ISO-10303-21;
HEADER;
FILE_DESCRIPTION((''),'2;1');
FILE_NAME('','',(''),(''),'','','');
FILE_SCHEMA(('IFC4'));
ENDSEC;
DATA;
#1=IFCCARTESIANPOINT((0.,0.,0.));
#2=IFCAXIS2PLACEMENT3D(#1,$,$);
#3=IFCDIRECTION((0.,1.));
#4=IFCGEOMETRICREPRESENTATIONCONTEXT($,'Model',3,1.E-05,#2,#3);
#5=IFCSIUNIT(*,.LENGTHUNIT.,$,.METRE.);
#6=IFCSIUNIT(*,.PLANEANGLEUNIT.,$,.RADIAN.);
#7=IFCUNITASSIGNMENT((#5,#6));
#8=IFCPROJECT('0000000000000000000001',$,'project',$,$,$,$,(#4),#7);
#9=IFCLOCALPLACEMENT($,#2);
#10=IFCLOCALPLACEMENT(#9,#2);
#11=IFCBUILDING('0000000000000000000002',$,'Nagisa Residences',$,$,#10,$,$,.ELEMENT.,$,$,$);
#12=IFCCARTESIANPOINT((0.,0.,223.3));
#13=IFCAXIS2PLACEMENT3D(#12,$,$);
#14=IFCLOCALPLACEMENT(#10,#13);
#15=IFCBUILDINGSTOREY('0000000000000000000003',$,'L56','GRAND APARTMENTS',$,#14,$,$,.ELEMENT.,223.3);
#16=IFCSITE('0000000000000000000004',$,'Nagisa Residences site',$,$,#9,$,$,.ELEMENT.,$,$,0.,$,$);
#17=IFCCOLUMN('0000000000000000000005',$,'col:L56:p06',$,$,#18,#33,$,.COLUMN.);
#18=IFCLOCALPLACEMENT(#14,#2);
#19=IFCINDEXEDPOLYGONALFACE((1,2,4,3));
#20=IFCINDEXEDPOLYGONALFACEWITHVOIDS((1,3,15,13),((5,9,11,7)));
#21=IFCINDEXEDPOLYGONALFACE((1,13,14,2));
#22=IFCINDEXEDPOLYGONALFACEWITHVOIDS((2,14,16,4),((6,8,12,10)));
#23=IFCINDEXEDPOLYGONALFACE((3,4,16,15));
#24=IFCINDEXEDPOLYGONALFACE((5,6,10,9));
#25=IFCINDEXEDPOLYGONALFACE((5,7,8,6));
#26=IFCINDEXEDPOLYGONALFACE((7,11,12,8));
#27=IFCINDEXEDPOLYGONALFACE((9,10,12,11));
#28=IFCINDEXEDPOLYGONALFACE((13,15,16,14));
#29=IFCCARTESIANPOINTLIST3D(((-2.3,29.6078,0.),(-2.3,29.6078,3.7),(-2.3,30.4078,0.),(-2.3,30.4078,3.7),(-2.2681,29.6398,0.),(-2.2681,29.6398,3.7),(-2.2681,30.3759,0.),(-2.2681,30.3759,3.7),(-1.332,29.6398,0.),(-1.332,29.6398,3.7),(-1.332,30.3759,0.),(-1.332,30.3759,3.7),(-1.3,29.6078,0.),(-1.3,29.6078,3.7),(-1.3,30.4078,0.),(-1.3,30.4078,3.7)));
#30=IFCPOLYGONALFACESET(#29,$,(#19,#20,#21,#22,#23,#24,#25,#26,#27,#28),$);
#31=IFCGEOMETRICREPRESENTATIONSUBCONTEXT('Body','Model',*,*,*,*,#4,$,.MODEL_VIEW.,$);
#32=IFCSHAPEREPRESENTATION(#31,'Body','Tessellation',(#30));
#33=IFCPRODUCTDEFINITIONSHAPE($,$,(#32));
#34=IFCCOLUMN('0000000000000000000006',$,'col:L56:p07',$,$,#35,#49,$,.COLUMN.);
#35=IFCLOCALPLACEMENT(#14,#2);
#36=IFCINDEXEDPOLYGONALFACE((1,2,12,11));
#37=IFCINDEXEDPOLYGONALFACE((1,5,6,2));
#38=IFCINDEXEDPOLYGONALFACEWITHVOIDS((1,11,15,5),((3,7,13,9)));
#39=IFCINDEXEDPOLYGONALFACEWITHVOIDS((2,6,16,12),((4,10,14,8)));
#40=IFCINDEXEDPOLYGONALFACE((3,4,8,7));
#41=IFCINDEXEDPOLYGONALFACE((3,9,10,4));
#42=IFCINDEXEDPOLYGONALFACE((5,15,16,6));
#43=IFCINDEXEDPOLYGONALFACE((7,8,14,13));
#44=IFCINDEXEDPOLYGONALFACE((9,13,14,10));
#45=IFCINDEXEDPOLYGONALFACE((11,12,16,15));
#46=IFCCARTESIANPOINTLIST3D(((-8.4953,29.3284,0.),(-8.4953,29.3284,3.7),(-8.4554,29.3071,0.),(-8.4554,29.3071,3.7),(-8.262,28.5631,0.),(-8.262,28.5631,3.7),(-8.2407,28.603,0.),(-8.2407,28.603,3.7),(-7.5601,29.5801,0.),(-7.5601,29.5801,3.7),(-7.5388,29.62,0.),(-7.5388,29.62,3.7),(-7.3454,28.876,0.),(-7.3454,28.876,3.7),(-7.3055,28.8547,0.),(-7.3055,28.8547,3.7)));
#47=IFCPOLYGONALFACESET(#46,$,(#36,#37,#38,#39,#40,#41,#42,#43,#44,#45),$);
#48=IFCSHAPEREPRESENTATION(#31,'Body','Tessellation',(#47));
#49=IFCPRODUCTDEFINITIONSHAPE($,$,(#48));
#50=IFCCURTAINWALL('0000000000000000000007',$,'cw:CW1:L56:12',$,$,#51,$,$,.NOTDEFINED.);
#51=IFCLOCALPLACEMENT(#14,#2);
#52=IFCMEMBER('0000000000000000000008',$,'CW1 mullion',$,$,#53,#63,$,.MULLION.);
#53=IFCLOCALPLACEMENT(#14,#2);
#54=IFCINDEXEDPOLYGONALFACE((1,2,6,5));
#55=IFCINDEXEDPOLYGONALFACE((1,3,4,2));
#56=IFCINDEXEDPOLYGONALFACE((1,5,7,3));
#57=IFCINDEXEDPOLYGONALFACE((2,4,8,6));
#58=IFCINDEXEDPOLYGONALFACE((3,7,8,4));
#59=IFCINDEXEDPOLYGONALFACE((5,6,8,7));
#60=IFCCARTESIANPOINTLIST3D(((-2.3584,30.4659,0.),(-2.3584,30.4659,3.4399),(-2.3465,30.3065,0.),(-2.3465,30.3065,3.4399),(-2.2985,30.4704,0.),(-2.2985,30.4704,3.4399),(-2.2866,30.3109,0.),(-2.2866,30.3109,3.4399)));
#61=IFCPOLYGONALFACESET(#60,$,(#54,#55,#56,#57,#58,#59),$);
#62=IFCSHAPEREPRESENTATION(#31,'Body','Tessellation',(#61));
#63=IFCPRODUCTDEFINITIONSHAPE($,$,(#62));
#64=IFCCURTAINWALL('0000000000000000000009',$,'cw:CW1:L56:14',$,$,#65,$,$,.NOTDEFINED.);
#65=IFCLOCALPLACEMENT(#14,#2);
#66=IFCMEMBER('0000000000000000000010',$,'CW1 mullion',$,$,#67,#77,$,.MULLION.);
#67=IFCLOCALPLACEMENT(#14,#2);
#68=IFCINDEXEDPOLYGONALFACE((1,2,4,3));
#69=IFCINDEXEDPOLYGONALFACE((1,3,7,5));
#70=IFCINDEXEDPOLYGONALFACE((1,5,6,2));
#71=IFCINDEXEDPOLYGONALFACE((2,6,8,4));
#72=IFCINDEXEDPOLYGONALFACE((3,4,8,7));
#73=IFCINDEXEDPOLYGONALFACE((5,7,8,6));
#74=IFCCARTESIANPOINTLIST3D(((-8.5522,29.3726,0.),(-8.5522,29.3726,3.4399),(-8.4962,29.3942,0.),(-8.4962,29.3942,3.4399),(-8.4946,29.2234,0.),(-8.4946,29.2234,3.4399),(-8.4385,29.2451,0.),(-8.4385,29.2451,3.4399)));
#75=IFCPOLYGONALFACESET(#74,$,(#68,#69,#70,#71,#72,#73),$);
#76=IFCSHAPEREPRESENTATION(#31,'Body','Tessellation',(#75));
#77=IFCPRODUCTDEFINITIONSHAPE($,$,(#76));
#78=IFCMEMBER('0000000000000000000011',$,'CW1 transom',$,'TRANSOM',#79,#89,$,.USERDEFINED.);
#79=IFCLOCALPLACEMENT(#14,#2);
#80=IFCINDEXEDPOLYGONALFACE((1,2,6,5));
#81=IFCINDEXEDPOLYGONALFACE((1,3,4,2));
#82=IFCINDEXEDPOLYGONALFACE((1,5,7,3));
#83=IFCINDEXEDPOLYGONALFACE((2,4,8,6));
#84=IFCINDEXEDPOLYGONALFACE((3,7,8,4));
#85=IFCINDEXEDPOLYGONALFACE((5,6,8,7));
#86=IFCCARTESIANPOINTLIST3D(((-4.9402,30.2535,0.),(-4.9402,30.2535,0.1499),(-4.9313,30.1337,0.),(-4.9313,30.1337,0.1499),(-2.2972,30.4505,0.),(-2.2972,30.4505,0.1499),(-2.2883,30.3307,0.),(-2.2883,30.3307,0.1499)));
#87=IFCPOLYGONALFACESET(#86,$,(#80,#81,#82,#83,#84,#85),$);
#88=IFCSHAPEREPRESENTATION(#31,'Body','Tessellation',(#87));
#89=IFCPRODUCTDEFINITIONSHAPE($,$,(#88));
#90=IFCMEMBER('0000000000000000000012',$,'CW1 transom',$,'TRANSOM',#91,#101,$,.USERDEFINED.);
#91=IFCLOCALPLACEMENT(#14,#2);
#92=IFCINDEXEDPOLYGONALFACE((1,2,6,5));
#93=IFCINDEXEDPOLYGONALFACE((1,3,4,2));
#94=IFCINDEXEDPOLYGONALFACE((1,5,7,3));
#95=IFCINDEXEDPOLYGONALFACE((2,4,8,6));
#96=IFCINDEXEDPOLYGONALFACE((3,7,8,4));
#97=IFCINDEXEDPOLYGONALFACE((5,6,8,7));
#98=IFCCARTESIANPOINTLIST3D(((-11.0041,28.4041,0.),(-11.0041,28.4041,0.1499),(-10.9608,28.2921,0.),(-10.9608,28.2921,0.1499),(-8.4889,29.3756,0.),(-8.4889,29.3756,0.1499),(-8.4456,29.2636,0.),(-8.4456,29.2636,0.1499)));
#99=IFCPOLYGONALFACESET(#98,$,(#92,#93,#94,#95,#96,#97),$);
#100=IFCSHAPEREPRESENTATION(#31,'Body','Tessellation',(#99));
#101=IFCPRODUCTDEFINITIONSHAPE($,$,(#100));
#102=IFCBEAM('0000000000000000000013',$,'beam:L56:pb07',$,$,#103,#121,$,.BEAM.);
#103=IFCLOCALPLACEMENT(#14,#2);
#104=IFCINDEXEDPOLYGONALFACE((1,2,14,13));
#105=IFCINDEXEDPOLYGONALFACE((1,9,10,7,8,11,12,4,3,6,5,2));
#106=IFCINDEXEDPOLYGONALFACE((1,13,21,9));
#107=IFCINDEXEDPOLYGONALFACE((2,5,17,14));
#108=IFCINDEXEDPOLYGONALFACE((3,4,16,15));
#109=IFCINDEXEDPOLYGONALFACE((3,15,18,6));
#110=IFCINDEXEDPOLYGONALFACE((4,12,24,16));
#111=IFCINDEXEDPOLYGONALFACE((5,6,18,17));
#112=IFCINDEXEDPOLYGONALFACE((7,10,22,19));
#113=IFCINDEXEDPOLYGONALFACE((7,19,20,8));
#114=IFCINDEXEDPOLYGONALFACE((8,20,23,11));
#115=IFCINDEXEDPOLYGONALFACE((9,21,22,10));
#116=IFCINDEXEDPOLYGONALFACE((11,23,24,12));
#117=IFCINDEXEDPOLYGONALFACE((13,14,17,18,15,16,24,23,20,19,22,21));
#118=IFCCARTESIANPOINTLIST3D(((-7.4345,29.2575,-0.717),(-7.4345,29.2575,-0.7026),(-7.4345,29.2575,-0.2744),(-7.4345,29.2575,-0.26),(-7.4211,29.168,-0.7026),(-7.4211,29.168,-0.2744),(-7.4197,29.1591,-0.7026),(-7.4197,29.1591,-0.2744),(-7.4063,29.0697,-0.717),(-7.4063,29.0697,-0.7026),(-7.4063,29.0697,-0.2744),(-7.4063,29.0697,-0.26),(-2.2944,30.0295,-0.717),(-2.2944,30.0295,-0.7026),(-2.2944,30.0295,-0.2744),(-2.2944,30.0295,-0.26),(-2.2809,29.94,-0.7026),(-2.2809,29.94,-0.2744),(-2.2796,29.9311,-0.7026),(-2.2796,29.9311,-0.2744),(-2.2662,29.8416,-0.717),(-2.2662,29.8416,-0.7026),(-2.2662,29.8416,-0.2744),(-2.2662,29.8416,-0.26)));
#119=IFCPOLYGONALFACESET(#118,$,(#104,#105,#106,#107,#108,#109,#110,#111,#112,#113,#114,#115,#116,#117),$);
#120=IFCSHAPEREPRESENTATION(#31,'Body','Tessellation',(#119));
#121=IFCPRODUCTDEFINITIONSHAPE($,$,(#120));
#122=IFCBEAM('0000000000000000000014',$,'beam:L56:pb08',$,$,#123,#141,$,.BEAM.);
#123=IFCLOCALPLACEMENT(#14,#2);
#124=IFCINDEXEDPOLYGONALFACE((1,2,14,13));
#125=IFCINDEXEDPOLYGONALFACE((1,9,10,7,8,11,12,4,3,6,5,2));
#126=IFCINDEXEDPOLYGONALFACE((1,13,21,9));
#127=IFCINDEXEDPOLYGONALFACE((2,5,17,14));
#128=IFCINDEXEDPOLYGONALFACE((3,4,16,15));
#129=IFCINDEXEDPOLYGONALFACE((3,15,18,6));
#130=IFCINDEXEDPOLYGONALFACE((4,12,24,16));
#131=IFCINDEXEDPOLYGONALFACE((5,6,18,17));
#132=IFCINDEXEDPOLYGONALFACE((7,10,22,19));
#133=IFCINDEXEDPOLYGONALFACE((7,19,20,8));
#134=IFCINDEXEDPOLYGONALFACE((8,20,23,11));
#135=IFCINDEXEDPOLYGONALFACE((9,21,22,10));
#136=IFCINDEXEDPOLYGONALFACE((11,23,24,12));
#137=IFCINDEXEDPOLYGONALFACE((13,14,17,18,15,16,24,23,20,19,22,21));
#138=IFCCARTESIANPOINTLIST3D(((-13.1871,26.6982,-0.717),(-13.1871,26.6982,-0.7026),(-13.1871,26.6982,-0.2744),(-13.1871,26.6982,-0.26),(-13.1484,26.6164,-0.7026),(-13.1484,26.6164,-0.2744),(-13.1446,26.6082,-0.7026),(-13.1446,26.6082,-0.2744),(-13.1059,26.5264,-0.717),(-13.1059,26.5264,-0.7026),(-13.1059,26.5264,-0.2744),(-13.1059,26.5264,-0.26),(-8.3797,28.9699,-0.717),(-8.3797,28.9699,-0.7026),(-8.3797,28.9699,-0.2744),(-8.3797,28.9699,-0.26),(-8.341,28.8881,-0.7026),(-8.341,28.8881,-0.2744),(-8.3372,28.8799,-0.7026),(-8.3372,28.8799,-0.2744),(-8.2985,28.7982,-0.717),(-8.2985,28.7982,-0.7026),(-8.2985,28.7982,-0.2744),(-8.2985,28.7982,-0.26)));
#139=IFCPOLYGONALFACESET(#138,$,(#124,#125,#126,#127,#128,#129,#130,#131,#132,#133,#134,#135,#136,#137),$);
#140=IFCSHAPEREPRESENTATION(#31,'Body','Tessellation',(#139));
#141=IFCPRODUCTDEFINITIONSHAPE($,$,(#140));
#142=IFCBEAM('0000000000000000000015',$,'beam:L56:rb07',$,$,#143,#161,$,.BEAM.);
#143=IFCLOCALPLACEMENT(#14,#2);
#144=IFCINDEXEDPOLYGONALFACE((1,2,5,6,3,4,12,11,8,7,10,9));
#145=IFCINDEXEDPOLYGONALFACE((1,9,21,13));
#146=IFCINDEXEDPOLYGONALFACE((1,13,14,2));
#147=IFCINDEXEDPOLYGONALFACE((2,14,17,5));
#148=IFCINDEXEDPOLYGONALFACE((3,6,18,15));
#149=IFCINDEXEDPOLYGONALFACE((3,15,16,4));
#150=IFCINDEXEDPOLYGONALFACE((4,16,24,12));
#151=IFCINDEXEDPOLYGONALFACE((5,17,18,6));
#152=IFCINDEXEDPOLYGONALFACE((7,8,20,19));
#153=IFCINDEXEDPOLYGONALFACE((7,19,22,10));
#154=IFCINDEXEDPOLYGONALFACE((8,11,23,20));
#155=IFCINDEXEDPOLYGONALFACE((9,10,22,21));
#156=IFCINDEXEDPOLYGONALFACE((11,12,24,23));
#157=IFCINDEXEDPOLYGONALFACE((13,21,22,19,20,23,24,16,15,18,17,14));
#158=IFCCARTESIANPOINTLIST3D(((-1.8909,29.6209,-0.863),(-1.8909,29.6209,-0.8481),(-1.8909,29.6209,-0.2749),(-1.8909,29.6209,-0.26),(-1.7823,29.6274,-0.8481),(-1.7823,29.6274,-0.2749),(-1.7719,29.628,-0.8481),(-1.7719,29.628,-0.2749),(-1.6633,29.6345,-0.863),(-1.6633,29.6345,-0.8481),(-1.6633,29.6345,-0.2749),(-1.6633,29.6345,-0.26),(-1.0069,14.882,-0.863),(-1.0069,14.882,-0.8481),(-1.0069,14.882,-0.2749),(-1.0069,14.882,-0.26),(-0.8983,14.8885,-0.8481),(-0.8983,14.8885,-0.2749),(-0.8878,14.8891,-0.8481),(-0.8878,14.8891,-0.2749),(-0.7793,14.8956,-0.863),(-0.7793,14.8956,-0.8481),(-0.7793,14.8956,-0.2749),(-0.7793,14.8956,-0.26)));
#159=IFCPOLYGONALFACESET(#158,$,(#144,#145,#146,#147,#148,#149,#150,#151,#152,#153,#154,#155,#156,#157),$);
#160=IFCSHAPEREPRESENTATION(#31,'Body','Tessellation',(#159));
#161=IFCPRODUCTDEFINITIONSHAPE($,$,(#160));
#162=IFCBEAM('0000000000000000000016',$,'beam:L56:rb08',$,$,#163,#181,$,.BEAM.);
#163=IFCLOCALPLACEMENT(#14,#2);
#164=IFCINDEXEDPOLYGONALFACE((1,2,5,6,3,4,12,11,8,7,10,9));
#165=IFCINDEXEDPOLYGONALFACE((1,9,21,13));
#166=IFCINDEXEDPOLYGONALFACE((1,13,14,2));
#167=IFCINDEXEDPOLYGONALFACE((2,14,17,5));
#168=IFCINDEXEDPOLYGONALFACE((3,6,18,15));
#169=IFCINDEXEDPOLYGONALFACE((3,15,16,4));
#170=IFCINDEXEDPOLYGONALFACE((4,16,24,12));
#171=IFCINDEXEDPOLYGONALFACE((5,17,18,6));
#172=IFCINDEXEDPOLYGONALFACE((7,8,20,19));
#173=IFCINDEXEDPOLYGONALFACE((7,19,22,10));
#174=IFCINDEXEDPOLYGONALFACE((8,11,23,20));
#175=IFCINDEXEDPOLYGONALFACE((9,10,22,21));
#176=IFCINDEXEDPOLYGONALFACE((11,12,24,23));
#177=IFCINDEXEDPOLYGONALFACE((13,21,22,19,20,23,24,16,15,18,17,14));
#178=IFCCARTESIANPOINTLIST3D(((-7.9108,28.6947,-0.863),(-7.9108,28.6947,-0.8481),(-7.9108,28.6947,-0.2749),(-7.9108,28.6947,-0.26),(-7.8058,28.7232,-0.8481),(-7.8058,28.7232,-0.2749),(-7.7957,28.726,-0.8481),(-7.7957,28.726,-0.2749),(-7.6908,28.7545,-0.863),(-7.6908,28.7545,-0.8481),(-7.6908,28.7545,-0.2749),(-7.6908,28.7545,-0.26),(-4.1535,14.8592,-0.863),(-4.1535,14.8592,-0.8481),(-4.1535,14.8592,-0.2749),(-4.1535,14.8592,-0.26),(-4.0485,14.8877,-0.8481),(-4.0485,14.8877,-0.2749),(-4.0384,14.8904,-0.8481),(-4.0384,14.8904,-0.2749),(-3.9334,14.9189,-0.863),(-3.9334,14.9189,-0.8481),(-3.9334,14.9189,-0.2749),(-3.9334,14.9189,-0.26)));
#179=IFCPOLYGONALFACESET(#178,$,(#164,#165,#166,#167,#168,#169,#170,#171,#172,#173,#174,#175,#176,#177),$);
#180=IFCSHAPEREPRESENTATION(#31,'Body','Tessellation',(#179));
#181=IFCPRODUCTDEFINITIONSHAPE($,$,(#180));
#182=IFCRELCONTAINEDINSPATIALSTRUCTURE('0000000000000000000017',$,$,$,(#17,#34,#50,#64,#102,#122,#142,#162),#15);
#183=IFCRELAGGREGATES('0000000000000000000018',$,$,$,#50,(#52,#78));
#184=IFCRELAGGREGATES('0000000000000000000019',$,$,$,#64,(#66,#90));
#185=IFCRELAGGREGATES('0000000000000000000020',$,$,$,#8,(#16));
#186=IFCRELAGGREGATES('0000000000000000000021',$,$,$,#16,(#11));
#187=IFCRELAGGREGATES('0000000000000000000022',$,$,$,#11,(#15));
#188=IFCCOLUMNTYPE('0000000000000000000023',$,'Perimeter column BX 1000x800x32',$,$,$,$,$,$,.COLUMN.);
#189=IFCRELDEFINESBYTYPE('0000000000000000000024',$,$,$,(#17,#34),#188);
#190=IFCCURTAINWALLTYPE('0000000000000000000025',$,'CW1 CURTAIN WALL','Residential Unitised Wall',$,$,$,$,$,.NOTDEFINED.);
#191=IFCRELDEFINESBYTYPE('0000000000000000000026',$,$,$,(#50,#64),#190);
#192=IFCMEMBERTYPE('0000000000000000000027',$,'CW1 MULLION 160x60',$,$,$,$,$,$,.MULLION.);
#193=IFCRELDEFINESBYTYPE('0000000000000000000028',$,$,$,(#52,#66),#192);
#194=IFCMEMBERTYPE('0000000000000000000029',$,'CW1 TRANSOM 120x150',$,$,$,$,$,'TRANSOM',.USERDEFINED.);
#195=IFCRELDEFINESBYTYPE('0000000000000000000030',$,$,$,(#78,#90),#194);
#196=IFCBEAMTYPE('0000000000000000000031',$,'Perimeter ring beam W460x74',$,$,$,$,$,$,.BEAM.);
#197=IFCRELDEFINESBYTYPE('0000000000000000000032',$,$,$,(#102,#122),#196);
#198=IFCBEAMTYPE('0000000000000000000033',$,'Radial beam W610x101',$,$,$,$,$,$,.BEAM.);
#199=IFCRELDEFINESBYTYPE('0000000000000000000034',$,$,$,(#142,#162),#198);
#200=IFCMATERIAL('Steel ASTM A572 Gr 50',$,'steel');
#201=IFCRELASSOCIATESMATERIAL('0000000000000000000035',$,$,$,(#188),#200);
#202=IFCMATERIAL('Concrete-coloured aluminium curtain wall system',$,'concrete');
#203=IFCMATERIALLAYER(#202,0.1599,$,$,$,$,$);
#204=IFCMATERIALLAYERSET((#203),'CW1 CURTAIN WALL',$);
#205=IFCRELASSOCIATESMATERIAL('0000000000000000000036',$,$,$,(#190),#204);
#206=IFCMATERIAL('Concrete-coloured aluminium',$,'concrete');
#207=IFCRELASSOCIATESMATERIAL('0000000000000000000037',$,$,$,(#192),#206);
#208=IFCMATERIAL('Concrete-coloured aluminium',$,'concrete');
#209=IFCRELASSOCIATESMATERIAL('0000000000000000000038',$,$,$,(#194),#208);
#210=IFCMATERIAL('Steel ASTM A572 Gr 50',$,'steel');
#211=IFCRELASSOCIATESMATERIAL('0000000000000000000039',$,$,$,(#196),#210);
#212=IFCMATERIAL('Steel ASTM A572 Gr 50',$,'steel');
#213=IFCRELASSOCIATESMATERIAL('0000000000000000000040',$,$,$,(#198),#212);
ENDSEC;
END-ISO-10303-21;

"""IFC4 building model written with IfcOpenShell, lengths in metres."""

from ifc_helpers import new_model, si_unit, direction, frame, origin, origin_2d, place, context, subcontext, project, spatial, rectangle, hollow_rectangle, i_section, extrude, material, layer, layer_set, material_profile, profile_set, type_object, element, aggregate, save


model = new_model("IFC4")

# Units and contexts
model_context = context("Model", 3, precision=1e-05, world=origin(), true_north=direction((0.0, 1.0)))
body_context = subcontext(model_context, "Body", "Model", "MODEL_VIEW")
ifc_project = project(units=[si_unit("LENGTHUNIT", "METRE"), si_unit("PLANEANGLEUNIT", "RADIAN")], contexts=[model_context])

# Site, building, storey
site_placement = place(None, origin())
site = spatial("IfcSite", under=ifc_project, at=site_placement, Name="Nagisa Residences site", CompositionType="ELEMENT", RefElevation=0.0)
building_placement = place(site_placement, origin())
building = spatial("IfcBuilding", under=site, at=building_placement, Name="Nagisa Residences", CompositionType="ELEMENT")
storey_placement = place(building_placement, frame((0.0, 0.0, 223.3)))
storey = spatial("IfcBuildingStorey", under=building, at=storey_placement, Name="L56", Description="GRAND APARTMENTS", CompositionType="ELEMENT", Elevation=223.3)

# Columns
ifc_material_1 = material(Name="Steel ASTM A572 Gr 50", Category="steel")
ifc_material_profile_1 = material_profile(ifc_material_1, hollow_rectangle(XDim=1.0, YDim=0.8, WallThickness=0.032, at=origin_2d()), Name="BX 1000x800x32")
ifc_profile_set_1 = profile_set([ifc_material_profile_1], Name="Steel ASTM A572 Gr 50")
column_type = type_object("IfcColumnType", Name="Perimeter column BX 1000x800x32", PredefinedType="COLUMN", material=ifc_profile_set_1)
for number, where, z_axis, x_axis, name in (
    (1, (-1.8, 30.0078, 0.0), (0.0, 0.0, 1.0), (-1.0, 0.0, 0.0), "col:L56:p06"),
    (2, (-7.9004, 29.0916, 0.0), (0.0, 0.0, 1.0), (-0.956525, -0.291652, 0.0), "col:L56:p07"),
):
    element("IfcColumn", number, at=place(storey_placement, frame(where, z_axis=z_axis, x_axis=x_axis)), inside=storey, type_object=column_type, Name=name, PredefinedType="COLUMN", context=body_context, shape_type="SweptSolid", body=[
        extrude(hollow_rectangle(XDim=1.0, YDim=0.8, WallThickness=0.032, at=origin_2d()), origin(), (0.0, 0.0, 1.0), 3.7),
    ])

# Curtain walls, members
ifc_material_2 = material(Name="Concrete-coloured aluminium curtain wall system", Category="concrete")
ifc_layer_1 = layer(ifc_material_2, 0.1599)
ifc_layer_set_1 = layer_set([ifc_layer_1], Name="CW1 CURTAIN WALL")
curtain_wall_type = type_object("IfcCurtainWallType", Name="CW1 CURTAIN WALL", Description="Residential Unitised Wall", PredefinedType="NOTDEFINED", material=ifc_layer_set_1)
curtain_wall_1_placement = place(storey_placement, origin())
curtain_wall_1 = element("IfcCurtainWall", 3, at=curtain_wall_1_placement, inside=storey, type_object=curtain_wall_type, Name="cw:CW1:L56:12", PredefinedType="NOTDEFINED")
ifc_material_3 = material(Name="Concrete-coloured aluminium", Category="concrete")
ifc_material_profile_2 = material_profile(ifc_material_3, rectangle(XDim=0.1599, YDim=0.0601, at=origin_2d()), Name="CW1 MULLION 160x60")
ifc_profile_set_2 = profile_set([ifc_material_profile_2], Name="Concrete-coloured aluminium")
member_type_1 = type_object("IfcMemberType", Name="CW1 MULLION 160x60", PredefinedType="MULLION", material=ifc_profile_set_2)
member_1_placement = place(storey_placement, frame((-2.3225, 30.3884, 0.0), z_axis=(0.0, 0.0, 1.0), x_axis=(0.074377, -0.99723, 0.0)))
member_1 = element("IfcMember", 4, at=member_1_placement, type_object=member_type_1, Name="CW1 mullion", PredefinedType="MULLION", context=body_context, shape_type="SweptSolid", body=[
    extrude(rectangle(XDim=0.1599, YDim=0.0601, at=origin_2d()), origin(), (0.0, 0.0, 1.0), 3.4399),
])
curtain_wall_2_placement = place(storey_placement, origin())
curtain_wall_2 = element("IfcCurtainWall", 5, at=curtain_wall_2_placement, inside=storey, type_object=curtain_wall_type, Name="cw:CW1:L56:14", PredefinedType="NOTDEFINED")
member_2_placement = place(storey_placement, frame((-8.4954, 29.3088, 0.0), z_axis=(0.0, 0.0, 1.0), x_axis=(0.360328, -0.932826, 0.0)))
member_2 = element("IfcMember", 6, at=member_2_placement, type_object=member_type_1, Name="CW1 mullion", PredefinedType="MULLION", context=body_context, shape_type="SweptSolid", body=[
    extrude(rectangle(XDim=0.1599, YDim=0.0601, at=origin_2d()), origin(), (0.0, 0.0, 1.0), 3.4399),
])

# Members
ifc_material_4 = material(Name="Concrete-coloured aluminium", Category="concrete")
ifc_material_profile_3 = material_profile(ifc_material_4, rectangle(XDim=0.1201, YDim=0.1499, at=origin_2d()), Name="CW1 TRANSOM 120x150")
ifc_profile_set_3 = profile_set([ifc_material_profile_3], Name="Concrete-coloured aluminium")
member_type_2 = type_object("IfcMemberType", Name="CW1 TRANSOM 120x150", ElementType="TRANSOM", PredefinedType="USERDEFINED", material=ifc_profile_set_3)
member_3_placement = place(storey_placement, frame((-2.2927, 30.3906, 0.075), z_axis=(-0.997233, -0.074337, 0.0), x_axis=(0.074337, -0.997233, 0.0)))
member_3 = element("IfcMember", 7, at=member_3_placement, type_object=member_type_2, Name="CW1 transom", ObjectType="TRANSOM", PredefinedType="USERDEFINED", context=body_context, shape_type="SweptSolid", body=[
    extrude(rectangle(XDim=0.1201, YDim=0.1499, at=origin_2d()), origin(), (0.0, 0.0, 1.0), 2.6504),
])
member_4_placement = place(storey_placement, frame((-8.4673, 29.3196, 0.075), z_axis=(-0.932838, -0.360295, 0.0), x_axis=(0.360295, -0.932838, 0.0)))
member_4 = element("IfcMember", 8, at=member_4_placement, type_object=member_type_2, Name="CW1 transom", ObjectType="TRANSOM", PredefinedType="USERDEFINED", context=body_context, shape_type="SweptSolid", body=[
    extrude(rectangle(XDim=0.1201, YDim=0.1499, at=origin_2d()), origin(), (0.0, 0.0, 1.0), 2.6963),
])

# Beams
ifc_material_5 = material(Name="Steel ASTM A572 Gr 50", Category="steel")
ifc_material_profile_4 = material_profile(ifc_material_5, i_section(OverallWidth=0.1899, OverallDepth=0.457, WebThickness=0.009, FlangeThickness=0.0144, at=origin_2d()), Name="W460x74")
ifc_profile_set_4 = profile_set([ifc_material_profile_4], Name="Steel ASTM A572 Gr 50")
beam_type_1 = type_object("IfcBeamType", Name="Perimeter ring beam W460x74", PredefinedType="BEAM", material=ifc_profile_set_4)
beam_1_placement = place(storey_placement, frame((-2.2803, 29.9355, -0.4885), z_axis=(-0.988909, -0.14852, 0.0), x_axis=(0.14852, -0.988909, 0.0)))
element("IfcBeam", 9, at=beam_1_placement, inside=storey, type_object=beam_type_1, Name="beam:L56:pb07", PredefinedType="BEAM", context=body_context, shape_type="SweptSolid", body=[
    extrude(i_section(OverallWidth=0.1899, OverallDepth=0.457, WebThickness=0.009, FlangeThickness=0.0144, at=origin_2d()), origin(), (0.0, 0.0, 1.0), 5.1978),
])
beam_2_placement = place(storey_placement, frame((-8.3391, 28.884, -0.4885), z_axis=(-0.904134, -0.427249, 0.0), x_axis=(0.427249, -0.904134, 0.0)))
element("IfcBeam", 10, at=beam_2_placement, inside=storey, type_object=beam_type_1, Name="beam:L56:pb08", PredefinedType="BEAM", context=body_context, shape_type="SweptSolid", body=[
    extrude(i_section(OverallWidth=0.1899, OverallDepth=0.457, WebThickness=0.009, FlangeThickness=0.0144, at=origin_2d()), origin(), (0.0, 0.0, 1.0), 5.3171),
])
ifc_material_6 = material(Name="Steel ASTM A572 Gr 50", Category="steel")
ifc_material_profile_5 = material_profile(ifc_material_6, i_section(OverallWidth=0.228, OverallDepth=0.603, WebThickness=0.0105, FlangeThickness=0.0149, at=origin_2d()), Name="W610x101")
ifc_profile_set_5 = profile_set([ifc_material_profile_5], Name="Steel ASTM A572 Gr 50")
beam_type_2 = type_object("IfcBeamType", Name="Radial beam W610x101", PredefinedType="BEAM", material=ifc_profile_set_5)
beam_3_placement = place(storey_placement, frame((-1.7771, 29.6277, -0.5615), z_axis=(0.059872, -0.998206, 0.0), x_axis=(0.998206, 0.059872, 0.0)))
element("IfcBeam", 11, at=beam_3_placement, inside=storey, type_object=beam_type_2, Name="beam:L56:rb07", PredefinedType="BEAM", context=body_context, shape_type="SweptSolid", body=[
    extrude(i_section(OverallWidth=0.228, OverallDepth=0.603, WebThickness=0.0105, FlangeThickness=0.0149, at=origin_2d()), origin(), (0.0, 0.0, 1.0), 14.7654),
])
beam_4_placement = place(storey_placement, frame((-7.8008, 28.7246, -0.5615), z_axis=(0.26208, -0.965046, 0.0), x_axis=(0.965046, 0.26208, 0.0)))
element("IfcBeam", 12, at=beam_4_placement, inside=storey, type_object=beam_type_2, Name="beam:L56:rb08", PredefinedType="BEAM", context=body_context, shape_type="SweptSolid", body=[
    extrude(i_section(OverallWidth=0.228, OverallDepth=0.603, WebThickness=0.0105, FlangeThickness=0.0149, at=origin_2d()), origin(), (0.0, 0.0, 1.0), 14.3367),
])

aggregate(curtain_wall_1, [member_1, member_3])
aggregate(curtain_wall_2, [member_2, member_4])

save(model, "model.ifc")
